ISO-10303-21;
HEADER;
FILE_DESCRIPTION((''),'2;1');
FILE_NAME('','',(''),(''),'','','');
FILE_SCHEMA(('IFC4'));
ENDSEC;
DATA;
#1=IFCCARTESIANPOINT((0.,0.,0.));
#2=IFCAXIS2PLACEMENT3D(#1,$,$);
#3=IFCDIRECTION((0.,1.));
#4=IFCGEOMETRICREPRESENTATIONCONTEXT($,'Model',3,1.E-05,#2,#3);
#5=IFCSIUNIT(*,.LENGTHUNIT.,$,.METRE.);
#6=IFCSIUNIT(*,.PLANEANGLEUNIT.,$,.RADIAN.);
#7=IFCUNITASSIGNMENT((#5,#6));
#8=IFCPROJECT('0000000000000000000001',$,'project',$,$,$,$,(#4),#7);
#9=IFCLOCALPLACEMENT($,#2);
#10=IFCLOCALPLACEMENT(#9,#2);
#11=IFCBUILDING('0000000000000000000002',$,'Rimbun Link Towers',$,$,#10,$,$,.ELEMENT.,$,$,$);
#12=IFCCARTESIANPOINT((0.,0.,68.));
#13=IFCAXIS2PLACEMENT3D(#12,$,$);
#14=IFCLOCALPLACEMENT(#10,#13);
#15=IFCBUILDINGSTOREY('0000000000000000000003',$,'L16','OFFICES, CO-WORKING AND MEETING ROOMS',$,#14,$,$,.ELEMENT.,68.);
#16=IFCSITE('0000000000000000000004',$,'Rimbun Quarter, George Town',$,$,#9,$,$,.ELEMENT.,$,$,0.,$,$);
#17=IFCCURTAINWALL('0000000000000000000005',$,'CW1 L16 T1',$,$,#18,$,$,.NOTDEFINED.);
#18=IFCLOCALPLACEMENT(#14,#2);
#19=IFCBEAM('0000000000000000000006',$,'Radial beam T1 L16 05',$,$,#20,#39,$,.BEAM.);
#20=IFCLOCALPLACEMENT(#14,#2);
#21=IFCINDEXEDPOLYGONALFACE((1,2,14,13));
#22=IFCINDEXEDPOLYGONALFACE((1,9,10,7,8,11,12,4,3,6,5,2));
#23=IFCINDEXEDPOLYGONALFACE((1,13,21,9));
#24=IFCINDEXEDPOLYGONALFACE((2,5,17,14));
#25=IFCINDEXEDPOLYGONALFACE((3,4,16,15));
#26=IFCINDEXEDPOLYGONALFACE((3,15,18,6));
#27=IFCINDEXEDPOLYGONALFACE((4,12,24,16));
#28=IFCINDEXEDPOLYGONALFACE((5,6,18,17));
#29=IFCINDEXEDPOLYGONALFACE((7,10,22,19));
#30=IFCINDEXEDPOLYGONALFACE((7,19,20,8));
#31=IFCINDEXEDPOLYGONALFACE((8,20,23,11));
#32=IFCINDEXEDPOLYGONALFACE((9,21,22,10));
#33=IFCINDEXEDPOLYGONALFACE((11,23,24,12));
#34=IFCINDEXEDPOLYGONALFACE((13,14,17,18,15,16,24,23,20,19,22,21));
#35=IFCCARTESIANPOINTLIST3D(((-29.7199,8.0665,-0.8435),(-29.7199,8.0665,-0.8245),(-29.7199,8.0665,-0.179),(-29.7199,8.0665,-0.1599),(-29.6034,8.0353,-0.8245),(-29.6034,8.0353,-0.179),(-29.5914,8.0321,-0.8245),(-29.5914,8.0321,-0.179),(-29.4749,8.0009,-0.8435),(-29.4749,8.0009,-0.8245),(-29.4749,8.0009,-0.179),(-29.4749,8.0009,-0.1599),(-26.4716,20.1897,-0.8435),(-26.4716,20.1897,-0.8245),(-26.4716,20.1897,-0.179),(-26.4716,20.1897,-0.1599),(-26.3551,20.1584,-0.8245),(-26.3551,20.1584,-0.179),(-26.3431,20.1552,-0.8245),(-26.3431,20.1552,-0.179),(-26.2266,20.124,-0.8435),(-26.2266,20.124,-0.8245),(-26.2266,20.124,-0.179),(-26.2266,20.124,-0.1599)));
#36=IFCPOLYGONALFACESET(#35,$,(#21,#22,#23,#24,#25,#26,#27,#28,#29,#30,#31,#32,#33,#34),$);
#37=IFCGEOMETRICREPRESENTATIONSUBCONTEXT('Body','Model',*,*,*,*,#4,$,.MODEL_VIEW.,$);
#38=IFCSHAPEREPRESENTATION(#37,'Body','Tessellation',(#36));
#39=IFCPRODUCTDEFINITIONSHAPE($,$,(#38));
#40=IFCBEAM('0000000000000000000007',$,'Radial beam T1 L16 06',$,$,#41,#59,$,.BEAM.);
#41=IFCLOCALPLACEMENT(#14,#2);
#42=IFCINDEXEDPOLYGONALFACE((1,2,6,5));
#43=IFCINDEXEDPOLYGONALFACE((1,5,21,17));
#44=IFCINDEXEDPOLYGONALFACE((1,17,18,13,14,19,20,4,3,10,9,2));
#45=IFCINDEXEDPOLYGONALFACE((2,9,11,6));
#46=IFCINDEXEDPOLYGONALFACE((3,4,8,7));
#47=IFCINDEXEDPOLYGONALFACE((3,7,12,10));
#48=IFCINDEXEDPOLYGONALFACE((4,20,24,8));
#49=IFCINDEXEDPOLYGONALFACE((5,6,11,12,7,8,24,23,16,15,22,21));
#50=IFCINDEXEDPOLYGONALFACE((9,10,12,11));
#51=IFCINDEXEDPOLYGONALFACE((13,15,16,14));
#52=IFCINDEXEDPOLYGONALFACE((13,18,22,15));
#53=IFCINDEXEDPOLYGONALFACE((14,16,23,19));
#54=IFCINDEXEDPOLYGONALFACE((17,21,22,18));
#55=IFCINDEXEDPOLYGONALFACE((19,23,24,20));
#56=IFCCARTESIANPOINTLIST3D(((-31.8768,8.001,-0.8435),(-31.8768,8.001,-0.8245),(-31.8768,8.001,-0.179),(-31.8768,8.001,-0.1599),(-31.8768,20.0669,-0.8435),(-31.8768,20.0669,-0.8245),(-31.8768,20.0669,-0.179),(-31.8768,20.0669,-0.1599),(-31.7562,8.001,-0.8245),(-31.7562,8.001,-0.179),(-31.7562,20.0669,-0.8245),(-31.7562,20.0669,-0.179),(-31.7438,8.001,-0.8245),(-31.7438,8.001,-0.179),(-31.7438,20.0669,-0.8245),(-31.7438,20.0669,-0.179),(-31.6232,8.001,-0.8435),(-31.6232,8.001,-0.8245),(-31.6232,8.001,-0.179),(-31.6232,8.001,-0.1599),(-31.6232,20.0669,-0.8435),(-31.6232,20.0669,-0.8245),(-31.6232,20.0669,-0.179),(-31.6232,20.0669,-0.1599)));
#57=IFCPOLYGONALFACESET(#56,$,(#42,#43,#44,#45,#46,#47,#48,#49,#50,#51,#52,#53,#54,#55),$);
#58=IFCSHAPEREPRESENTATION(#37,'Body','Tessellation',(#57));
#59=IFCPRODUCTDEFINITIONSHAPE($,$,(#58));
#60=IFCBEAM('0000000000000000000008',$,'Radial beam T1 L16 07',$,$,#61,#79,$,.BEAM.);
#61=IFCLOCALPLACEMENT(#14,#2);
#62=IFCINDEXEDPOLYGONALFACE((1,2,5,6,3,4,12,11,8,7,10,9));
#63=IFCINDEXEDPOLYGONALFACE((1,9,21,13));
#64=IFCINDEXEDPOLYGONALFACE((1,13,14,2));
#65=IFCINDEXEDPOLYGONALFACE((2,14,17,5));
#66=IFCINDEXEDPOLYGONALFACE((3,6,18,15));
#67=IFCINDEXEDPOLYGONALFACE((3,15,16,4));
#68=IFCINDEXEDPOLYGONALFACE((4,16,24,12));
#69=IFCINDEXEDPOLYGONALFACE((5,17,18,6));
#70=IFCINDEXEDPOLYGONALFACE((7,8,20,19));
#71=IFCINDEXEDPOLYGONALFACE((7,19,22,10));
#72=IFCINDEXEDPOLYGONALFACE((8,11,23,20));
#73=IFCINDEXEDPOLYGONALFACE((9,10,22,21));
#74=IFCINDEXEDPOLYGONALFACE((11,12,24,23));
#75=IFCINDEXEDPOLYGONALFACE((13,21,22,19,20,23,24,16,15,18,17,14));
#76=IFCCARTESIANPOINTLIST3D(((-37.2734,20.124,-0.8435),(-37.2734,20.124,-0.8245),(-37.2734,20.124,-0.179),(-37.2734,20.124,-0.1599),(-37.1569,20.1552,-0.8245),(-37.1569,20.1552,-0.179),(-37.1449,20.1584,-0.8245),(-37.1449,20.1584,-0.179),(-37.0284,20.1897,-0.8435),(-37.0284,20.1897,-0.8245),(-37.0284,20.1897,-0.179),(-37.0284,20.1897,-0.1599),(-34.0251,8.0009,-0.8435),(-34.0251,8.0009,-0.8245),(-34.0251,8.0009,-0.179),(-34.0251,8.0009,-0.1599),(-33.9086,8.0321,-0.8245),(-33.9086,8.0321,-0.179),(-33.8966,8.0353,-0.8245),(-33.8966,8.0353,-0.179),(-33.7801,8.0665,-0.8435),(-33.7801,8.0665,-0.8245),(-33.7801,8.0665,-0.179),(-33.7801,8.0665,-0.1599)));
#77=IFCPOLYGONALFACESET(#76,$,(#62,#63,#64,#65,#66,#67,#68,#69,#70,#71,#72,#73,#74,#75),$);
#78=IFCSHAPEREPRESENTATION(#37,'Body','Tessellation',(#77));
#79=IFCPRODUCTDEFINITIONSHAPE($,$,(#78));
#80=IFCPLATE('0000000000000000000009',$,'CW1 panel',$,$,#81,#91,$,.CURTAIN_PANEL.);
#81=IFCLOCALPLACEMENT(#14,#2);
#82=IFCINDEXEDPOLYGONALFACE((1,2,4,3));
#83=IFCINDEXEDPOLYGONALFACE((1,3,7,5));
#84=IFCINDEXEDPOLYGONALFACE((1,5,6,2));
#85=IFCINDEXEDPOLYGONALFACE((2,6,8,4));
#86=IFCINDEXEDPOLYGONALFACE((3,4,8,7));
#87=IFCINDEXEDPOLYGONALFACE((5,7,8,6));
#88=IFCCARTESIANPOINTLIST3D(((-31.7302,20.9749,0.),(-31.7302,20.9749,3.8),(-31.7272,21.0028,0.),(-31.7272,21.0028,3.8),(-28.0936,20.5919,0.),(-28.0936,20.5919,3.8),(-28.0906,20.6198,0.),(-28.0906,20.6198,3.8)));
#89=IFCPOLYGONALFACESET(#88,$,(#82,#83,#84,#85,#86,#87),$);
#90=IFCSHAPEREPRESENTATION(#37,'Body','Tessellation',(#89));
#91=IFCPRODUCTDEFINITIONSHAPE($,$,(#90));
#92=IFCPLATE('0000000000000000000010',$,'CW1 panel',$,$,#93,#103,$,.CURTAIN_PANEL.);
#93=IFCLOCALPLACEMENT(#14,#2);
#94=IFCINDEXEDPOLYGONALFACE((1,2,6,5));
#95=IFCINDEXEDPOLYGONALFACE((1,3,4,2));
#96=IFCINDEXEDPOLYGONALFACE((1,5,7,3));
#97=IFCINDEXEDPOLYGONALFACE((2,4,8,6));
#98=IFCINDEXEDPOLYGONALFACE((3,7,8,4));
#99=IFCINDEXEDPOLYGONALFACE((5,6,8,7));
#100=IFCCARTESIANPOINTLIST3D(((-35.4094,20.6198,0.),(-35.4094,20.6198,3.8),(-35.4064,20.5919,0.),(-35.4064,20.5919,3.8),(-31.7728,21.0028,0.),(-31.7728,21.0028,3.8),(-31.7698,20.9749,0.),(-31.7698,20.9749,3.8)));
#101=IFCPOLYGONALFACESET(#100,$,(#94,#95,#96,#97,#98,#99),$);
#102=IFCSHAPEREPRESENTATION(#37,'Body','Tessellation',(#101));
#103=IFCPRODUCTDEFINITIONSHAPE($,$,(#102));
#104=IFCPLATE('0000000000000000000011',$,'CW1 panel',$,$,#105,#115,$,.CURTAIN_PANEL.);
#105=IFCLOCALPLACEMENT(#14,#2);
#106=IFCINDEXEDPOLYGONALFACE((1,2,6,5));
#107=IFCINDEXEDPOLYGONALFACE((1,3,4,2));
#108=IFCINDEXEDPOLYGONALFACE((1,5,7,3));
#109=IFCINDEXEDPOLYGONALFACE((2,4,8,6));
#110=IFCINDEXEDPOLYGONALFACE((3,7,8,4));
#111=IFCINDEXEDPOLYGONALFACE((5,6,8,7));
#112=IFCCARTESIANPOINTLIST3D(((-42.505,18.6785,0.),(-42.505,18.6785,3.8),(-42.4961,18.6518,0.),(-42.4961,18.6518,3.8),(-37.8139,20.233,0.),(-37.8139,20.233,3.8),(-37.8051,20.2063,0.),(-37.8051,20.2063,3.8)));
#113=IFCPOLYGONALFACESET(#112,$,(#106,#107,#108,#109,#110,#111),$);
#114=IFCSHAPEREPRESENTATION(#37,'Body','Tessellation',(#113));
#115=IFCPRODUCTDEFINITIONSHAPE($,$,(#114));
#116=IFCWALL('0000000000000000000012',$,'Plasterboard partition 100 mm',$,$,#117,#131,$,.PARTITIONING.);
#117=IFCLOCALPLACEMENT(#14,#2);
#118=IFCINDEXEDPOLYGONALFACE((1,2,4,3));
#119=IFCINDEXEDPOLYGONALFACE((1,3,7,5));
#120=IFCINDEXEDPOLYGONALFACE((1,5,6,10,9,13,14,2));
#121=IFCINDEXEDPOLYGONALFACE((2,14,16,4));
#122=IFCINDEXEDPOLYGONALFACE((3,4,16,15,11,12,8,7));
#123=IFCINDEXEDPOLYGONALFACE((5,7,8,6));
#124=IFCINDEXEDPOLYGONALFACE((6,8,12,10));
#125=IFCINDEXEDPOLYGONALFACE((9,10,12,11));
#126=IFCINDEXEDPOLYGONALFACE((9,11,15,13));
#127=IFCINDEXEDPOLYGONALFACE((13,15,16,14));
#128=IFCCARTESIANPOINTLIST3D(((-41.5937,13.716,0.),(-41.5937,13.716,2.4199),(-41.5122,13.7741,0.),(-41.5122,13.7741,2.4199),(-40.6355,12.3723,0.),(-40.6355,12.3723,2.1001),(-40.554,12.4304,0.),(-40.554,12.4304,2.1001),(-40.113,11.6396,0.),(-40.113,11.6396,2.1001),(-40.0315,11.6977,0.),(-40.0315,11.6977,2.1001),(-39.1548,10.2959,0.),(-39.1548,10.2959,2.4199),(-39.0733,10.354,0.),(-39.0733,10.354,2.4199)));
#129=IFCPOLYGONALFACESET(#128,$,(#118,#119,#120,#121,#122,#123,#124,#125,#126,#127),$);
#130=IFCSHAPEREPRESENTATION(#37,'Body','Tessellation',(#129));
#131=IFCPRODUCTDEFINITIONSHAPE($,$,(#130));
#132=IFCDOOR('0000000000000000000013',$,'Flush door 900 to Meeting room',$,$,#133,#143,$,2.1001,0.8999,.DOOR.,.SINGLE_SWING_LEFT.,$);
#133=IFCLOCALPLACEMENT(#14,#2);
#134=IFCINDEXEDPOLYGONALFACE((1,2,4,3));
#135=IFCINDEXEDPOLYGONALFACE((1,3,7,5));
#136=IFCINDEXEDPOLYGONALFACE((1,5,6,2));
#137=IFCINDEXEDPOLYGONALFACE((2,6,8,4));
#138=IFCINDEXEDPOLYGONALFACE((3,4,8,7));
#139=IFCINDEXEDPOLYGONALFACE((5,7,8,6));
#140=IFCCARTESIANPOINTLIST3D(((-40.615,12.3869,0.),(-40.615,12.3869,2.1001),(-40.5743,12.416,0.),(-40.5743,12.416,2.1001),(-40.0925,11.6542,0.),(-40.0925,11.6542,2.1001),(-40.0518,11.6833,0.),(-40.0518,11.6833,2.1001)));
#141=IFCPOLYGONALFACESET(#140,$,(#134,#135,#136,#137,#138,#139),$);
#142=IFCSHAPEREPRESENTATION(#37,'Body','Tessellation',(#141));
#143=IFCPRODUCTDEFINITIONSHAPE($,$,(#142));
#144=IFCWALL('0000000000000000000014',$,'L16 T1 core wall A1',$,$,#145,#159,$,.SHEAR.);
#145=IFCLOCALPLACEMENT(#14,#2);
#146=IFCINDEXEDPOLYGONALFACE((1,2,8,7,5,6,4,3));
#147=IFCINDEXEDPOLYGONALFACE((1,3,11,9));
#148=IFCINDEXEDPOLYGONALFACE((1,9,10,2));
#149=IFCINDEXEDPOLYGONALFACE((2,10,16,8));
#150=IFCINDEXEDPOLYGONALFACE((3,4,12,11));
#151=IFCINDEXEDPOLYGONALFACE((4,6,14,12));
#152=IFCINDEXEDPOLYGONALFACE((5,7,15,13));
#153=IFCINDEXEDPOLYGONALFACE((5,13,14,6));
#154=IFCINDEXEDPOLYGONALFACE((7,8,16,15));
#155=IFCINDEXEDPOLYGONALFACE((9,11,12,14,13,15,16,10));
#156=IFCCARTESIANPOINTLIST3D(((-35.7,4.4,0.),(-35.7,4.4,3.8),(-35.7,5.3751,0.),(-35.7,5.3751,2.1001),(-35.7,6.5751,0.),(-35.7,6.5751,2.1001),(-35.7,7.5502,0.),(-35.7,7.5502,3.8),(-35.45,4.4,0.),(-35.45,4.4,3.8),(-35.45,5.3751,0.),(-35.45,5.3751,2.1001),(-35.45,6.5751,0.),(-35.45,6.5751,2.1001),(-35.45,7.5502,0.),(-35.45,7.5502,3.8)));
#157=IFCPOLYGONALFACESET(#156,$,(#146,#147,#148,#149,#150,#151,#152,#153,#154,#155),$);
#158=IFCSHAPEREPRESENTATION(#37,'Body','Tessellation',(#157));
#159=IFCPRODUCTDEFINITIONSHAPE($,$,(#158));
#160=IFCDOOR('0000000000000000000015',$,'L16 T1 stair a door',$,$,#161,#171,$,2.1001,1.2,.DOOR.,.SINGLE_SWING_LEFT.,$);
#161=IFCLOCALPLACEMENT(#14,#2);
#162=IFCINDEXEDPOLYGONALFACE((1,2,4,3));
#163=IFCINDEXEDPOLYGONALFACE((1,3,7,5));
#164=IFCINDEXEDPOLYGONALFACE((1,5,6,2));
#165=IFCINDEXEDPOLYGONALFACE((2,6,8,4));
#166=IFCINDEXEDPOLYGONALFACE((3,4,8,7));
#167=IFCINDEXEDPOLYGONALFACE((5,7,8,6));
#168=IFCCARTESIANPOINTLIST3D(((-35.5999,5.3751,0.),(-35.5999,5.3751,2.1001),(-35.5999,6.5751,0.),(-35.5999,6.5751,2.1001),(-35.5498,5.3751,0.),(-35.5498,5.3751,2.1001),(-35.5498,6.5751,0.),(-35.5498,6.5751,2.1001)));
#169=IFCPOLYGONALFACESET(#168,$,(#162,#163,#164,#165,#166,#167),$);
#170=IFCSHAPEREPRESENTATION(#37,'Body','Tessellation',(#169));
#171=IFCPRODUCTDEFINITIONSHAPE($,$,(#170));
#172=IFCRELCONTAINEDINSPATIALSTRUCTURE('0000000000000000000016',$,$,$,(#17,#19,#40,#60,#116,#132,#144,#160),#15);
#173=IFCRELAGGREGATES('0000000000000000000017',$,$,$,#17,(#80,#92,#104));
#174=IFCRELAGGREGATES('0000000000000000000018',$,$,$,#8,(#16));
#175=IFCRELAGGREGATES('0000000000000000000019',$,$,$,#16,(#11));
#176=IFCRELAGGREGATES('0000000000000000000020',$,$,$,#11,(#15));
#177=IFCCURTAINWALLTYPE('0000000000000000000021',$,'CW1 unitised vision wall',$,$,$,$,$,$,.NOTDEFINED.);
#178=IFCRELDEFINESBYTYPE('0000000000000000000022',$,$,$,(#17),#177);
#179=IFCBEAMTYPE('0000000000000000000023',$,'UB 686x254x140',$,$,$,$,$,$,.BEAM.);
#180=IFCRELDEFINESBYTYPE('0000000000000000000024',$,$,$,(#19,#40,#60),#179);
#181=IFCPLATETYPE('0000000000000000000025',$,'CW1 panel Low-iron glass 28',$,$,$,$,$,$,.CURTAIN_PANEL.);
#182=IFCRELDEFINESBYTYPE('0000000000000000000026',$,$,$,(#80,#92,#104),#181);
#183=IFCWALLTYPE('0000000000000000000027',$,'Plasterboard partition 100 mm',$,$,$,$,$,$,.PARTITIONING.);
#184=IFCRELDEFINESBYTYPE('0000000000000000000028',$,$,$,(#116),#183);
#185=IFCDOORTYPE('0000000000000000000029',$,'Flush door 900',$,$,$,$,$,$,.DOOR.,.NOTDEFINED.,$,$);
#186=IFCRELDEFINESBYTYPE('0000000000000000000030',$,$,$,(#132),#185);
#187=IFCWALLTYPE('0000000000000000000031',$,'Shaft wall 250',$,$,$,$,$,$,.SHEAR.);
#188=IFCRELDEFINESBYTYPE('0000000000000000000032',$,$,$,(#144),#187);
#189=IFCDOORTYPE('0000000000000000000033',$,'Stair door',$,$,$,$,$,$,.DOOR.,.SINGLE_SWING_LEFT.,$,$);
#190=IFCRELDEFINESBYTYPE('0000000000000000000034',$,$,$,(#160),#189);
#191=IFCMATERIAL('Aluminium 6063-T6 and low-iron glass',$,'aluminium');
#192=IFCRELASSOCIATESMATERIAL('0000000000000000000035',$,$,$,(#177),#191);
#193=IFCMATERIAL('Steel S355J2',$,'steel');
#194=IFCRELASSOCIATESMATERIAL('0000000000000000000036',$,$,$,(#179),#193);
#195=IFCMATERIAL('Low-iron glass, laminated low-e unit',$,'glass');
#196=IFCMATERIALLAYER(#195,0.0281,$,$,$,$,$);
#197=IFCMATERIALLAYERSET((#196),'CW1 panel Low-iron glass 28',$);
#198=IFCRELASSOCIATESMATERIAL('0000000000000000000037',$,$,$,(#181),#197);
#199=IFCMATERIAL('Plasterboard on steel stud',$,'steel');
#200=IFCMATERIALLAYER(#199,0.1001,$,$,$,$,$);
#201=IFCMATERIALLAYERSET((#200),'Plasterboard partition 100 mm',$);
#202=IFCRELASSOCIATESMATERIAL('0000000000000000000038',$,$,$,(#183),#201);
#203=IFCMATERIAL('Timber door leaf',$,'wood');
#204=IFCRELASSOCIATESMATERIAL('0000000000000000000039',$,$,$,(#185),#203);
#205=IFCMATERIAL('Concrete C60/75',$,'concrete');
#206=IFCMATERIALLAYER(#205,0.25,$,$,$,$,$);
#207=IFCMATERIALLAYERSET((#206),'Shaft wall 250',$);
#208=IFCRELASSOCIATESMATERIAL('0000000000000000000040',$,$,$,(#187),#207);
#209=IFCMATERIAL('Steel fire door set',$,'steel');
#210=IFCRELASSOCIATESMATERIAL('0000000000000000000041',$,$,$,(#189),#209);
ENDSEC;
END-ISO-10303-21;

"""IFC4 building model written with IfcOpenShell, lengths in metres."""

from ifc_helpers import new_model, si_unit, direction, frame, frame_2d, origin, origin_2d, place, context, subcontext, project, spatial, rectangle, i_section, extrude, material, layer, layer_set, material_profile, profile_set, type_object, element, fill, aggregate, save


model = new_model("IFC4")

# Units and contexts
model_context = context("Model", 3, precision=1e-05, world=origin(), true_north=direction((0.0, 1.0)))
body_context = subcontext(model_context, "Body", "Model", "MODEL_VIEW")
ifc_project = project(units=[si_unit("LENGTHUNIT", "METRE"), si_unit("PLANEANGLEUNIT", "RADIAN")], contexts=[model_context])

# Site, building, storey
site_placement = place(None, origin())
site = spatial("IfcSite", under=ifc_project, at=site_placement, Name="Rimbun Quarter, George Town", CompositionType="ELEMENT", RefElevation=0.0)
building_placement = place(site_placement, origin())
building = spatial("IfcBuilding", under=site, at=building_placement, Name="Rimbun Link Towers", CompositionType="ELEMENT")
storey_placement = place(building_placement, frame((0.0, 0.0, 68.0)))
storey = spatial("IfcBuildingStorey", under=building, at=storey_placement, Name="L16", Description="OFFICES, CO-WORKING AND MEETING ROOMS", CompositionType="ELEMENT", Elevation=68.0)

# Curtain wall
ifc_material_1 = material(Name="Aluminium 6063-T6 and low-iron glass", Category="aluminium")
curtain_wall_type = type_object("IfcCurtainWallType", Name="CW1 unitised vision wall", PredefinedType="NOTDEFINED", material=ifc_material_1)
curtain_wall_placement = place(storey_placement, origin())
curtain_wall = element("IfcCurtainWall", 1, at=curtain_wall_placement, inside=storey, type_object=curtain_wall_type, Name="CW1 L16 T1", PredefinedType="NOTDEFINED")

# Beams
ifc_material_2 = material(Name="Steel S355J2", Category="steel")
ifc_material_profile_1 = material_profile(ifc_material_2, i_section(OverallWidth=0.2537, OverallDepth=0.6836, WebThickness=0.0125, FlangeThickness=0.019, at=origin_2d()), Name="UB 686x254x140")
ifc_profile_set_1 = profile_set([ifc_material_profile_1], Name="Steel S355J2")
beam_type_1 = type_object("IfcBeamType", Name="UB 686x254x140", PredefinedType="BEAM", material=ifc_profile_set_1)
beam_1_placement = place(storey_placement, frame((-29.5974, 8.0337, -0.5017), z_axis=(0.258814, 0.965927, 0.0), x_axis=(-0.965927, 0.258814, 0.0)))
element("IfcBeam", 2, at=beam_1_placement, inside=storey, type_object=beam_type_1, Name="Radial beam T1 L16 05", PredefinedType="BEAM", context=body_context, shape_type="SweptSolid", body=[
    extrude(i_section(OverallWidth=0.2537, OverallDepth=0.6836, WebThickness=0.0125, FlangeThickness=0.019, at=origin_2d()), origin(), (0.0, 0.0, 1.0), 12.5508),
])
beam_2_placement = place(storey_placement, frame((-31.75, 8.001, -0.5017), z_axis=(0.0, 1.0, 0.0), x_axis=(-1.0, 0.0, 0.0)))
element("IfcBeam", 3, at=beam_2_placement, inside=storey, type_object=beam_type_1, Name="Radial beam T1 L16 06", PredefinedType="BEAM", context=body_context, shape_type="SweptSolid", body=[
    extrude(i_section(OverallWidth=0.2537, OverallDepth=0.6836, WebThickness=0.0125, FlangeThickness=0.019, at=origin_2d()), origin(), (0.0, 0.0, 1.0), 12.0659),
])
beam_3_placement = place(storey_placement, frame((-33.9026, 8.0337, -0.5017), z_axis=(-0.258814, 0.965927, 0.0), x_axis=(-0.965927, -0.258814, 0.0)))
element("IfcBeam", 4, at=beam_3_placement, inside=storey, type_object=beam_type_1, Name="Radial beam T1 L16 07", PredefinedType="BEAM", context=body_context, shape_type="SweptSolid", body=[
    extrude(i_section(OverallWidth=0.2537, OverallDepth=0.6836, WebThickness=0.0125, FlangeThickness=0.019, at=origin_2d()), origin(), (0.0, 0.0, 1.0), 12.5508),
])

# Plates
ifc_material_3 = material(Name="Low-iron glass, laminated low-e unit", Category="glass")
ifc_layer_1 = layer(ifc_material_3, 0.0281)
ifc_layer_set_1 = layer_set([ifc_layer_1], Name="CW1 panel Low-iron glass 28")
plate_type = type_object("IfcPlateType", Name="CW1 panel Low-iron glass 28", PredefinedType="CURTAIN_PANEL", material=ifc_layer_set_1)
plate_1_placement = place(storey_placement, frame((-29.9104, 20.7974, 0.0), z_axis=(0.0, 0.0, 1.0), x_axis=(0.9945, -0.104735, 0.0)))
plate_1 = element("IfcPlate", 5, at=plate_1_placement, type_object=plate_type, Name="CW1 panel", PredefinedType="CURTAIN_PANEL", context=body_context, shape_type="SweptSolid", body=[
    extrude(rectangle(XDim=3.6567, YDim=0.0281, at=origin_2d()), origin(), (0.0, 0.0, 1.0), 3.8),
])
plate_2_placement = place(storey_placement, frame((-33.5896, 20.7974, 0.0), z_axis=(0.0, 0.0, 1.0), x_axis=(0.9945, 0.104735, 0.0)))
plate_2 = element("IfcPlate", 6, at=plate_2_placement, type_object=plate_type, Name="CW1 panel", PredefinedType="CURTAIN_PANEL", context=body_context, shape_type="SweptSolid", body=[
    extrude(rectangle(XDim=3.6567, YDim=0.0281, at=origin_2d()), origin(), (0.0, 0.0, 1.0), 3.8),
])
plate_3_placement = place(storey_placement, frame((-40.155, 19.4424, 0.0), z_axis=(0.0, 0.0, 1.0), x_axis=(0.949239, 0.314556, 0.0)))
plate_3 = element("IfcPlate", 7, at=plate_3_placement, type_object=plate_type, Name="CW1 panel", PredefinedType="CURTAIN_PANEL", context=body_context, shape_type="SweptSolid", body=[
    extrude(rectangle(XDim=4.9419, YDim=0.0281, at=origin_2d()), origin(), (0.0, 0.0, 1.0), 3.8),
])
aggregate(curtain_wall, [plate_1, plate_2, plate_3])

# Walls, openings, doors
ifc_material_4 = material(Name="Plasterboard on steel stud", Category="steel")
ifc_layer_2 = layer(ifc_material_4, 0.1001)
ifc_layer_set_2 = layer_set([ifc_layer_2], Name="Plasterboard partition 100 mm")
wall_type_1 = type_object("IfcWallType", Name="Plasterboard partition 100 mm", PredefinedType="PARTITIONING", material=ifc_layer_set_2)
wall_1_placement = place(storey_placement, frame((-39.114, 10.325, 0.0), z_axis=(0.0, 0.0, 1.0), x_axis=(-0.580606, 0.814185, 0.0)))
wall_1 = element("IfcWall", 8, at=wall_1_placement, inside=storey, type_object=wall_type_1, Name="Plasterboard partition 100 mm", PredefinedType="PARTITIONING", context=body_context, shape_type="SweptSolid", body=[
    extrude(rectangle(XDim=4.2007, YDim=0.1001, at=frame_2d((2.1003, 0.0))), origin(), (0.0, 0.0, 1.0), 2.4199),
])
opening_1_placement = place(wall_1_placement, frame((1.6504, 0.0, 0.0)))
opening_1 = element("IfcOpeningElement", 9, at=opening_1_placement, cuts=wall_1, PredefinedType="OPENING", context=body_context, shape_type="SweptSolid", body=[
    extrude(rectangle(XDim=0.8999, YDim=2.1001, at=frame_2d((0.45, 1.05))), frame((0.0, 0.0601, 0.0), z_axis=(0.0, -1.0, 0.0), x_axis=(1.0, 0.0, 0.0)), (0.0, 0.0, 1.0), 0.1201),
])
ifc_material_5 = material(Name="Timber door leaf", Category="wood")
door_type_1 = type_object("IfcDoorType", Name="Flush door 900", OperationType="NOTDEFINED", PredefinedType="DOOR", material=ifc_material_5)
door_1_placement = place(opening_1_placement, origin())
door_1 = element("IfcDoor", 10, at=door_1_placement, inside=storey, type_object=door_type_1, Name="Flush door 900 to Meeting room", OperationType="SINGLE_SWING_LEFT", OverallHeight=2.1001, OverallWidth=0.8999, PredefinedType="DOOR", context=body_context, shape_type="SweptSolid", body=[
    extrude(rectangle(XDim=0.8999, YDim=2.1001, at=frame_2d((0.45, 1.05))), frame((0.0, 0.0249, 0.0), z_axis=(0.0, -1.0, 0.0), x_axis=(1.0, 0.0, 0.0)), (0.0, 0.0, 1.0), 0.05),
])
fill(opening_1, door_1)
ifc_material_6 = material(Name="Concrete C60/75", Category="concrete")
ifc_layer_3 = layer(ifc_material_6, 0.25)
ifc_layer_set_3 = layer_set([ifc_layer_3], Name="Shaft wall 250")
wall_type_2 = type_object("IfcWallType", Name="Shaft wall 250", PredefinedType="SHEAR", material=ifc_layer_set_3)
wall_2_placement = place(storey_placement, frame((-35.575, 4.3999, 0.0), z_axis=(0.0, 0.0, 1.0), x_axis=(0.0, 1.0, 0.0)))
wall_2 = element("IfcWall", 11, at=wall_2_placement, inside=storey, type_object=wall_type_2, Name="L16 T1 core wall A1", PredefinedType="SHEAR", context=body_context, shape_type="SweptSolid", body=[
    extrude(rectangle(XDim=3.1501, YDim=0.25, at=frame_2d((1.5752, 0.0))), origin(), (0.0, 0.0, 1.0), 3.8),
])
opening_2_placement = place(wall_2_placement, frame((0.9751, 0.0, 0.0)))
opening_2 = element("IfcOpeningElement", 12, at=opening_2_placement, cuts=wall_2, PredefinedType="OPENING", context=body_context, shape_type="SweptSolid", body=[
    extrude(rectangle(XDim=1.2, YDim=2.1001, at=frame_2d((0.6001, 1.05))), frame((0.0, 0.135, 0.0), z_axis=(0.0, -1.0, 0.0), x_axis=(1.0, 0.0, 0.0)), (0.0, 0.0, 1.0), 0.27),
])
ifc_material_7 = material(Name="Steel fire door set", Category="steel")
door_type_2 = type_object("IfcDoorType", Name="Stair door", OperationType="SINGLE_SWING_LEFT", PredefinedType="DOOR", material=ifc_material_7)
door_2_placement = place(opening_2_placement, origin())
door_2 = element("IfcDoor", 13, at=door_2_placement, inside=storey, type_object=door_type_2, Name="L16 T1 stair a door", OperationType="SINGLE_SWING_LEFT", OverallHeight=2.1001, OverallWidth=1.2, PredefinedType="DOOR", context=body_context, shape_type="SweptSolid", body=[
    extrude(rectangle(XDim=1.2, YDim=2.1001, at=frame_2d((0.6001, 1.05))), frame((0.0, 0.0249, 0.0), z_axis=(0.0, -1.0, 0.0), x_axis=(1.0, 0.0, 0.0)), (0.0, 0.0, 1.0), 0.05),
])
fill(opening_2, door_2)

save(model, "model.ifc")
